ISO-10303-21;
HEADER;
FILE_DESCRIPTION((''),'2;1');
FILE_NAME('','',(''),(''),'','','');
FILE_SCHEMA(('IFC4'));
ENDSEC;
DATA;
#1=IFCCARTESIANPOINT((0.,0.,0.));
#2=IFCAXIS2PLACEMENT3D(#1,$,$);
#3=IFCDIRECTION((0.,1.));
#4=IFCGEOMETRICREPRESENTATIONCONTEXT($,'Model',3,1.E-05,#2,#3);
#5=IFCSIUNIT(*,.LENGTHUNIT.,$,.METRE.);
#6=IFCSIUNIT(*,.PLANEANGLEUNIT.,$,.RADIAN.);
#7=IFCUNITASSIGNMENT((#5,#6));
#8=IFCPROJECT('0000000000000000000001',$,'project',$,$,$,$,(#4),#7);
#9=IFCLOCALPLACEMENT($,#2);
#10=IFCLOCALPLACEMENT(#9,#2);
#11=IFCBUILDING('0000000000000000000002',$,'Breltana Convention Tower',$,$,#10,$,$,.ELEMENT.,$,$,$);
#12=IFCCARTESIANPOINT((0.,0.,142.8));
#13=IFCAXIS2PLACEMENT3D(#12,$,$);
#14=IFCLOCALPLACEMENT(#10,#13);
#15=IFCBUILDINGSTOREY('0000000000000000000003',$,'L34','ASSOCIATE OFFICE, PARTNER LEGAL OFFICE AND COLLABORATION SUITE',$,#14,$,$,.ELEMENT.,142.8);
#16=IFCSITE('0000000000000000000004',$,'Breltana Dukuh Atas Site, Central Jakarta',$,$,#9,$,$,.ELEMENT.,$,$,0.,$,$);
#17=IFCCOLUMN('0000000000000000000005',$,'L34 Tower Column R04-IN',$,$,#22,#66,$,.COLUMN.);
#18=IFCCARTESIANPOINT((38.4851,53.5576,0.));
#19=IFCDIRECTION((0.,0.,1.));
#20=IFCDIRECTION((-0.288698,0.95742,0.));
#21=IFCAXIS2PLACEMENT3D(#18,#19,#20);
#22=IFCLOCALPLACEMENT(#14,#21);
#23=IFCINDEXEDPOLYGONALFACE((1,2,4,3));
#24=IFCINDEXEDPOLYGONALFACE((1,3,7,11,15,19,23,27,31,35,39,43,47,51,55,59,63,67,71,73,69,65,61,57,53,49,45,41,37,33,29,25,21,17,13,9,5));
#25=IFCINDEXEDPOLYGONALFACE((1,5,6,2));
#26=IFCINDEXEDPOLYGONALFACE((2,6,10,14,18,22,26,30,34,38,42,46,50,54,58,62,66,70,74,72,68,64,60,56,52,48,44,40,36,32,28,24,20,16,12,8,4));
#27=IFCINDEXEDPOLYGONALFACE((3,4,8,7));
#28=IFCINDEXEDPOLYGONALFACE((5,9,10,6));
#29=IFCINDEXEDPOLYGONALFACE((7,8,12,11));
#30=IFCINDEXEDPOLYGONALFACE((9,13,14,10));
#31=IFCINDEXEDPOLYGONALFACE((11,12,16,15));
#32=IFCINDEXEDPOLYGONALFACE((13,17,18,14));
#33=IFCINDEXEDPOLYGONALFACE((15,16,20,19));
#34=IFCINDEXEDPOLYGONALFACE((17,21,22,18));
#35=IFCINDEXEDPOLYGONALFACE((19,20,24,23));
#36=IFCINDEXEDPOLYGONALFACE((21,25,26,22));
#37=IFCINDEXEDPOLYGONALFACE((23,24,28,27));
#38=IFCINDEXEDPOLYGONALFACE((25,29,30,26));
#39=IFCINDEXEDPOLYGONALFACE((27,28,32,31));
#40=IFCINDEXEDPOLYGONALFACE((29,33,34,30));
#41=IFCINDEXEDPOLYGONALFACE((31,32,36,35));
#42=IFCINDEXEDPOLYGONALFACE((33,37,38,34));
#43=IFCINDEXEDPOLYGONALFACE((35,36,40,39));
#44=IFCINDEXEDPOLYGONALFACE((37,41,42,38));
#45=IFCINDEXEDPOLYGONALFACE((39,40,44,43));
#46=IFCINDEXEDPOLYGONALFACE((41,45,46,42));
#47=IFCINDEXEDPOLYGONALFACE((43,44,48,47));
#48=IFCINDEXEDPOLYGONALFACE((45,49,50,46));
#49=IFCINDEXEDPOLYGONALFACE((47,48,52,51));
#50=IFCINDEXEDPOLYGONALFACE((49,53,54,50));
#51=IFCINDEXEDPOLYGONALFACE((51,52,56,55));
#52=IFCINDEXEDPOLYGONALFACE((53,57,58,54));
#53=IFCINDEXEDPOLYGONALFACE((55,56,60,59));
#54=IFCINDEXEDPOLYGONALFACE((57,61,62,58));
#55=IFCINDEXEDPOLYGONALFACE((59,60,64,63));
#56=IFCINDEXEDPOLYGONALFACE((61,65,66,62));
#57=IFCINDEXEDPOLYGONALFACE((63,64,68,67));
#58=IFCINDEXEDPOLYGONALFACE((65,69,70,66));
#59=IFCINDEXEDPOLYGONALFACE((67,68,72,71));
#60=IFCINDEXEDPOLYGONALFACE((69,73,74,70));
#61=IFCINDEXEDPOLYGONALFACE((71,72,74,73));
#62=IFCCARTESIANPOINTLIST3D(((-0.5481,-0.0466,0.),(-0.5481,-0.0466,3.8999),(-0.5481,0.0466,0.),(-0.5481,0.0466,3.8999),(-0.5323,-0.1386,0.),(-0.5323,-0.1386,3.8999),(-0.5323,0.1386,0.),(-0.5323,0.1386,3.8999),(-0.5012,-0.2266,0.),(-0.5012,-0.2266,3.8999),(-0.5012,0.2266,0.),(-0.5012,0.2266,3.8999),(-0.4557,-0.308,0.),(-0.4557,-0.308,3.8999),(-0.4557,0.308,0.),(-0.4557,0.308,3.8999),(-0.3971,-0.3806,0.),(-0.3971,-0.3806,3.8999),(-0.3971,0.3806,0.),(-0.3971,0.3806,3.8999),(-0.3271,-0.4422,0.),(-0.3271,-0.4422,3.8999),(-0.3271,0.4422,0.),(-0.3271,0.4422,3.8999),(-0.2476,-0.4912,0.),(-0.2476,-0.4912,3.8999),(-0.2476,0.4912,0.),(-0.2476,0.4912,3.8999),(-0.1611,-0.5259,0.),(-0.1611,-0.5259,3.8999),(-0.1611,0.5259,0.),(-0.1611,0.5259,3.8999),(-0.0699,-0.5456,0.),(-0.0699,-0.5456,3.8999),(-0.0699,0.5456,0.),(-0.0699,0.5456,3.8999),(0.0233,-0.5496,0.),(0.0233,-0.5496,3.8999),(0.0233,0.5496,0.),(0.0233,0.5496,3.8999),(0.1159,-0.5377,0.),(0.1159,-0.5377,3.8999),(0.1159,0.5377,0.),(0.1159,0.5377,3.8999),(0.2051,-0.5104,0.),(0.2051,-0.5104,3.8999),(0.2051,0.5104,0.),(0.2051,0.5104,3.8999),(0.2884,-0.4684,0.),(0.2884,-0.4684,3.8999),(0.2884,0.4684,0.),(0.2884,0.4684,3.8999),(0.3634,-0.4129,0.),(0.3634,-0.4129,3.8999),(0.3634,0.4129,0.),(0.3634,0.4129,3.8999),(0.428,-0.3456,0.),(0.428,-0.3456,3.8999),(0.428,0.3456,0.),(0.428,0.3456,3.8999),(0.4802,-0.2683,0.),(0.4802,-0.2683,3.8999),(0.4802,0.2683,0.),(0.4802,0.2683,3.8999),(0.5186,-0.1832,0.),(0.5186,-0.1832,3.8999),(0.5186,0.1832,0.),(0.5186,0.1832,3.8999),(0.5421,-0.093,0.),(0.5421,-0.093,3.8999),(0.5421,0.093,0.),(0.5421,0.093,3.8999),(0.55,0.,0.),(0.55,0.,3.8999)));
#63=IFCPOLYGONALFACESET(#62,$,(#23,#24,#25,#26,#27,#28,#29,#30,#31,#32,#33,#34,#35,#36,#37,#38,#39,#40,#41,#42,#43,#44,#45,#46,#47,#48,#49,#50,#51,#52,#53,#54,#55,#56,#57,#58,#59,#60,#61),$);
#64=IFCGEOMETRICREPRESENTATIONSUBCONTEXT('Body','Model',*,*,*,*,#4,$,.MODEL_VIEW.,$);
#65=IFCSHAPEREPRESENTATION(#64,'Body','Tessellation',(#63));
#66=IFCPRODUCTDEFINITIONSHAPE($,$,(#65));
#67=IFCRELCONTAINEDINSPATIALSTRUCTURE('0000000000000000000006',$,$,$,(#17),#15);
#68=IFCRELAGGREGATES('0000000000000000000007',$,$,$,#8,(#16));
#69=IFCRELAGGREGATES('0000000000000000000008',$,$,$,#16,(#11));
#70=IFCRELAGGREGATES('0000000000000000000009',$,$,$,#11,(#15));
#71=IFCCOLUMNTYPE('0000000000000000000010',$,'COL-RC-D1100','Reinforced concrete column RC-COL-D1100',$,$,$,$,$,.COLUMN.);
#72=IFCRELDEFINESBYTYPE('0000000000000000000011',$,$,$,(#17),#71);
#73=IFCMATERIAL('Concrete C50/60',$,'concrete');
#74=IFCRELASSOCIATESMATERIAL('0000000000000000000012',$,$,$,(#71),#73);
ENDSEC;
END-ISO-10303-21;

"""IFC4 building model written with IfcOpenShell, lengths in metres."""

from ifc_helpers import new_model, si_unit, direction, frame, origin, origin_2d, place, context, subcontext, project, spatial, circle, extrude, source, transform, mapped, material, material_profile, profile_set, type_object, element, save


model = new_model("IFC4")

# Units and contexts
model_context = context("Model", 3, precision=1e-05, world=origin(), true_north=direction((0.0, 1.0)))
body_context = subcontext(model_context, "Body", "Model", "MODEL_VIEW")
ifc_project = project(units=[si_unit("LENGTHUNIT", "METRE"), si_unit("PLANEANGLEUNIT", "RADIAN")], contexts=[model_context])

# Site, building, storey
site_placement = place(None, origin())
site = spatial("IfcSite", under=ifc_project, at=site_placement, Name="Breltana Dukuh Atas Site, Central Jakarta", CompositionType="ELEMENT", RefElevation=0.0)
building_placement = place(site_placement, origin())
building = spatial("IfcBuilding", under=site, at=building_placement, Name="Breltana Convention Tower", CompositionType="ELEMENT")
storey_placement = place(building_placement, frame((0.0, 0.0, 142.8)))
storey = spatial("IfcBuildingStorey", under=building, at=storey_placement, Name="L34", Description="ASSOCIATE OFFICE, PARTNER LEGAL OFFICE AND COLLABORATION SUITE", CompositionType="ELEMENT", Elevation=142.8)

# Column
ifc_material_1 = material(Name="Concrete C50/60", Category="concrete")
ifc_material_profile_1 = material_profile(ifc_material_1, circle(Radius=0.55, at=origin_2d()), Name="RC-COL-D1100")
ifc_profile_set_1 = profile_set([ifc_material_profile_1], Name="Concrete C50/60")
column_type = type_object("IfcColumnType", Name="COL-RC-D1100", Description="Reinforced concrete column RC-COL-D1100", PredefinedType="COLUMN", material=ifc_profile_set_1)
shared_shape_1 = source(origin(), body_context, "Body", "SweptSolid", [
    extrude(circle(Radius=0.55, at=origin_2d()), origin(), (0.0, 0.0, 1.0), 3.8999),
])
for number, where, z_axis, x_axis, name in (
    (1, (38.4851, 53.5576, 0.0), (0.0, 0.0, 1.0), (-0.288698, 0.95742, 0.0), "L34 Tower Column R04-IN"),
):
    element("IfcColumn", number, at=place(storey_placement, frame(where, z_axis=z_axis, x_axis=x_axis)), inside=storey, type_object=column_type, Name=name, PredefinedType="COLUMN", context=body_context, shape_type="MappedRepresentation", body=[
        mapped(shared_shape_1, transform((0.0, 0.0, 0.0), scale=1.0)),
    ])

save(model, "model.ifc")
